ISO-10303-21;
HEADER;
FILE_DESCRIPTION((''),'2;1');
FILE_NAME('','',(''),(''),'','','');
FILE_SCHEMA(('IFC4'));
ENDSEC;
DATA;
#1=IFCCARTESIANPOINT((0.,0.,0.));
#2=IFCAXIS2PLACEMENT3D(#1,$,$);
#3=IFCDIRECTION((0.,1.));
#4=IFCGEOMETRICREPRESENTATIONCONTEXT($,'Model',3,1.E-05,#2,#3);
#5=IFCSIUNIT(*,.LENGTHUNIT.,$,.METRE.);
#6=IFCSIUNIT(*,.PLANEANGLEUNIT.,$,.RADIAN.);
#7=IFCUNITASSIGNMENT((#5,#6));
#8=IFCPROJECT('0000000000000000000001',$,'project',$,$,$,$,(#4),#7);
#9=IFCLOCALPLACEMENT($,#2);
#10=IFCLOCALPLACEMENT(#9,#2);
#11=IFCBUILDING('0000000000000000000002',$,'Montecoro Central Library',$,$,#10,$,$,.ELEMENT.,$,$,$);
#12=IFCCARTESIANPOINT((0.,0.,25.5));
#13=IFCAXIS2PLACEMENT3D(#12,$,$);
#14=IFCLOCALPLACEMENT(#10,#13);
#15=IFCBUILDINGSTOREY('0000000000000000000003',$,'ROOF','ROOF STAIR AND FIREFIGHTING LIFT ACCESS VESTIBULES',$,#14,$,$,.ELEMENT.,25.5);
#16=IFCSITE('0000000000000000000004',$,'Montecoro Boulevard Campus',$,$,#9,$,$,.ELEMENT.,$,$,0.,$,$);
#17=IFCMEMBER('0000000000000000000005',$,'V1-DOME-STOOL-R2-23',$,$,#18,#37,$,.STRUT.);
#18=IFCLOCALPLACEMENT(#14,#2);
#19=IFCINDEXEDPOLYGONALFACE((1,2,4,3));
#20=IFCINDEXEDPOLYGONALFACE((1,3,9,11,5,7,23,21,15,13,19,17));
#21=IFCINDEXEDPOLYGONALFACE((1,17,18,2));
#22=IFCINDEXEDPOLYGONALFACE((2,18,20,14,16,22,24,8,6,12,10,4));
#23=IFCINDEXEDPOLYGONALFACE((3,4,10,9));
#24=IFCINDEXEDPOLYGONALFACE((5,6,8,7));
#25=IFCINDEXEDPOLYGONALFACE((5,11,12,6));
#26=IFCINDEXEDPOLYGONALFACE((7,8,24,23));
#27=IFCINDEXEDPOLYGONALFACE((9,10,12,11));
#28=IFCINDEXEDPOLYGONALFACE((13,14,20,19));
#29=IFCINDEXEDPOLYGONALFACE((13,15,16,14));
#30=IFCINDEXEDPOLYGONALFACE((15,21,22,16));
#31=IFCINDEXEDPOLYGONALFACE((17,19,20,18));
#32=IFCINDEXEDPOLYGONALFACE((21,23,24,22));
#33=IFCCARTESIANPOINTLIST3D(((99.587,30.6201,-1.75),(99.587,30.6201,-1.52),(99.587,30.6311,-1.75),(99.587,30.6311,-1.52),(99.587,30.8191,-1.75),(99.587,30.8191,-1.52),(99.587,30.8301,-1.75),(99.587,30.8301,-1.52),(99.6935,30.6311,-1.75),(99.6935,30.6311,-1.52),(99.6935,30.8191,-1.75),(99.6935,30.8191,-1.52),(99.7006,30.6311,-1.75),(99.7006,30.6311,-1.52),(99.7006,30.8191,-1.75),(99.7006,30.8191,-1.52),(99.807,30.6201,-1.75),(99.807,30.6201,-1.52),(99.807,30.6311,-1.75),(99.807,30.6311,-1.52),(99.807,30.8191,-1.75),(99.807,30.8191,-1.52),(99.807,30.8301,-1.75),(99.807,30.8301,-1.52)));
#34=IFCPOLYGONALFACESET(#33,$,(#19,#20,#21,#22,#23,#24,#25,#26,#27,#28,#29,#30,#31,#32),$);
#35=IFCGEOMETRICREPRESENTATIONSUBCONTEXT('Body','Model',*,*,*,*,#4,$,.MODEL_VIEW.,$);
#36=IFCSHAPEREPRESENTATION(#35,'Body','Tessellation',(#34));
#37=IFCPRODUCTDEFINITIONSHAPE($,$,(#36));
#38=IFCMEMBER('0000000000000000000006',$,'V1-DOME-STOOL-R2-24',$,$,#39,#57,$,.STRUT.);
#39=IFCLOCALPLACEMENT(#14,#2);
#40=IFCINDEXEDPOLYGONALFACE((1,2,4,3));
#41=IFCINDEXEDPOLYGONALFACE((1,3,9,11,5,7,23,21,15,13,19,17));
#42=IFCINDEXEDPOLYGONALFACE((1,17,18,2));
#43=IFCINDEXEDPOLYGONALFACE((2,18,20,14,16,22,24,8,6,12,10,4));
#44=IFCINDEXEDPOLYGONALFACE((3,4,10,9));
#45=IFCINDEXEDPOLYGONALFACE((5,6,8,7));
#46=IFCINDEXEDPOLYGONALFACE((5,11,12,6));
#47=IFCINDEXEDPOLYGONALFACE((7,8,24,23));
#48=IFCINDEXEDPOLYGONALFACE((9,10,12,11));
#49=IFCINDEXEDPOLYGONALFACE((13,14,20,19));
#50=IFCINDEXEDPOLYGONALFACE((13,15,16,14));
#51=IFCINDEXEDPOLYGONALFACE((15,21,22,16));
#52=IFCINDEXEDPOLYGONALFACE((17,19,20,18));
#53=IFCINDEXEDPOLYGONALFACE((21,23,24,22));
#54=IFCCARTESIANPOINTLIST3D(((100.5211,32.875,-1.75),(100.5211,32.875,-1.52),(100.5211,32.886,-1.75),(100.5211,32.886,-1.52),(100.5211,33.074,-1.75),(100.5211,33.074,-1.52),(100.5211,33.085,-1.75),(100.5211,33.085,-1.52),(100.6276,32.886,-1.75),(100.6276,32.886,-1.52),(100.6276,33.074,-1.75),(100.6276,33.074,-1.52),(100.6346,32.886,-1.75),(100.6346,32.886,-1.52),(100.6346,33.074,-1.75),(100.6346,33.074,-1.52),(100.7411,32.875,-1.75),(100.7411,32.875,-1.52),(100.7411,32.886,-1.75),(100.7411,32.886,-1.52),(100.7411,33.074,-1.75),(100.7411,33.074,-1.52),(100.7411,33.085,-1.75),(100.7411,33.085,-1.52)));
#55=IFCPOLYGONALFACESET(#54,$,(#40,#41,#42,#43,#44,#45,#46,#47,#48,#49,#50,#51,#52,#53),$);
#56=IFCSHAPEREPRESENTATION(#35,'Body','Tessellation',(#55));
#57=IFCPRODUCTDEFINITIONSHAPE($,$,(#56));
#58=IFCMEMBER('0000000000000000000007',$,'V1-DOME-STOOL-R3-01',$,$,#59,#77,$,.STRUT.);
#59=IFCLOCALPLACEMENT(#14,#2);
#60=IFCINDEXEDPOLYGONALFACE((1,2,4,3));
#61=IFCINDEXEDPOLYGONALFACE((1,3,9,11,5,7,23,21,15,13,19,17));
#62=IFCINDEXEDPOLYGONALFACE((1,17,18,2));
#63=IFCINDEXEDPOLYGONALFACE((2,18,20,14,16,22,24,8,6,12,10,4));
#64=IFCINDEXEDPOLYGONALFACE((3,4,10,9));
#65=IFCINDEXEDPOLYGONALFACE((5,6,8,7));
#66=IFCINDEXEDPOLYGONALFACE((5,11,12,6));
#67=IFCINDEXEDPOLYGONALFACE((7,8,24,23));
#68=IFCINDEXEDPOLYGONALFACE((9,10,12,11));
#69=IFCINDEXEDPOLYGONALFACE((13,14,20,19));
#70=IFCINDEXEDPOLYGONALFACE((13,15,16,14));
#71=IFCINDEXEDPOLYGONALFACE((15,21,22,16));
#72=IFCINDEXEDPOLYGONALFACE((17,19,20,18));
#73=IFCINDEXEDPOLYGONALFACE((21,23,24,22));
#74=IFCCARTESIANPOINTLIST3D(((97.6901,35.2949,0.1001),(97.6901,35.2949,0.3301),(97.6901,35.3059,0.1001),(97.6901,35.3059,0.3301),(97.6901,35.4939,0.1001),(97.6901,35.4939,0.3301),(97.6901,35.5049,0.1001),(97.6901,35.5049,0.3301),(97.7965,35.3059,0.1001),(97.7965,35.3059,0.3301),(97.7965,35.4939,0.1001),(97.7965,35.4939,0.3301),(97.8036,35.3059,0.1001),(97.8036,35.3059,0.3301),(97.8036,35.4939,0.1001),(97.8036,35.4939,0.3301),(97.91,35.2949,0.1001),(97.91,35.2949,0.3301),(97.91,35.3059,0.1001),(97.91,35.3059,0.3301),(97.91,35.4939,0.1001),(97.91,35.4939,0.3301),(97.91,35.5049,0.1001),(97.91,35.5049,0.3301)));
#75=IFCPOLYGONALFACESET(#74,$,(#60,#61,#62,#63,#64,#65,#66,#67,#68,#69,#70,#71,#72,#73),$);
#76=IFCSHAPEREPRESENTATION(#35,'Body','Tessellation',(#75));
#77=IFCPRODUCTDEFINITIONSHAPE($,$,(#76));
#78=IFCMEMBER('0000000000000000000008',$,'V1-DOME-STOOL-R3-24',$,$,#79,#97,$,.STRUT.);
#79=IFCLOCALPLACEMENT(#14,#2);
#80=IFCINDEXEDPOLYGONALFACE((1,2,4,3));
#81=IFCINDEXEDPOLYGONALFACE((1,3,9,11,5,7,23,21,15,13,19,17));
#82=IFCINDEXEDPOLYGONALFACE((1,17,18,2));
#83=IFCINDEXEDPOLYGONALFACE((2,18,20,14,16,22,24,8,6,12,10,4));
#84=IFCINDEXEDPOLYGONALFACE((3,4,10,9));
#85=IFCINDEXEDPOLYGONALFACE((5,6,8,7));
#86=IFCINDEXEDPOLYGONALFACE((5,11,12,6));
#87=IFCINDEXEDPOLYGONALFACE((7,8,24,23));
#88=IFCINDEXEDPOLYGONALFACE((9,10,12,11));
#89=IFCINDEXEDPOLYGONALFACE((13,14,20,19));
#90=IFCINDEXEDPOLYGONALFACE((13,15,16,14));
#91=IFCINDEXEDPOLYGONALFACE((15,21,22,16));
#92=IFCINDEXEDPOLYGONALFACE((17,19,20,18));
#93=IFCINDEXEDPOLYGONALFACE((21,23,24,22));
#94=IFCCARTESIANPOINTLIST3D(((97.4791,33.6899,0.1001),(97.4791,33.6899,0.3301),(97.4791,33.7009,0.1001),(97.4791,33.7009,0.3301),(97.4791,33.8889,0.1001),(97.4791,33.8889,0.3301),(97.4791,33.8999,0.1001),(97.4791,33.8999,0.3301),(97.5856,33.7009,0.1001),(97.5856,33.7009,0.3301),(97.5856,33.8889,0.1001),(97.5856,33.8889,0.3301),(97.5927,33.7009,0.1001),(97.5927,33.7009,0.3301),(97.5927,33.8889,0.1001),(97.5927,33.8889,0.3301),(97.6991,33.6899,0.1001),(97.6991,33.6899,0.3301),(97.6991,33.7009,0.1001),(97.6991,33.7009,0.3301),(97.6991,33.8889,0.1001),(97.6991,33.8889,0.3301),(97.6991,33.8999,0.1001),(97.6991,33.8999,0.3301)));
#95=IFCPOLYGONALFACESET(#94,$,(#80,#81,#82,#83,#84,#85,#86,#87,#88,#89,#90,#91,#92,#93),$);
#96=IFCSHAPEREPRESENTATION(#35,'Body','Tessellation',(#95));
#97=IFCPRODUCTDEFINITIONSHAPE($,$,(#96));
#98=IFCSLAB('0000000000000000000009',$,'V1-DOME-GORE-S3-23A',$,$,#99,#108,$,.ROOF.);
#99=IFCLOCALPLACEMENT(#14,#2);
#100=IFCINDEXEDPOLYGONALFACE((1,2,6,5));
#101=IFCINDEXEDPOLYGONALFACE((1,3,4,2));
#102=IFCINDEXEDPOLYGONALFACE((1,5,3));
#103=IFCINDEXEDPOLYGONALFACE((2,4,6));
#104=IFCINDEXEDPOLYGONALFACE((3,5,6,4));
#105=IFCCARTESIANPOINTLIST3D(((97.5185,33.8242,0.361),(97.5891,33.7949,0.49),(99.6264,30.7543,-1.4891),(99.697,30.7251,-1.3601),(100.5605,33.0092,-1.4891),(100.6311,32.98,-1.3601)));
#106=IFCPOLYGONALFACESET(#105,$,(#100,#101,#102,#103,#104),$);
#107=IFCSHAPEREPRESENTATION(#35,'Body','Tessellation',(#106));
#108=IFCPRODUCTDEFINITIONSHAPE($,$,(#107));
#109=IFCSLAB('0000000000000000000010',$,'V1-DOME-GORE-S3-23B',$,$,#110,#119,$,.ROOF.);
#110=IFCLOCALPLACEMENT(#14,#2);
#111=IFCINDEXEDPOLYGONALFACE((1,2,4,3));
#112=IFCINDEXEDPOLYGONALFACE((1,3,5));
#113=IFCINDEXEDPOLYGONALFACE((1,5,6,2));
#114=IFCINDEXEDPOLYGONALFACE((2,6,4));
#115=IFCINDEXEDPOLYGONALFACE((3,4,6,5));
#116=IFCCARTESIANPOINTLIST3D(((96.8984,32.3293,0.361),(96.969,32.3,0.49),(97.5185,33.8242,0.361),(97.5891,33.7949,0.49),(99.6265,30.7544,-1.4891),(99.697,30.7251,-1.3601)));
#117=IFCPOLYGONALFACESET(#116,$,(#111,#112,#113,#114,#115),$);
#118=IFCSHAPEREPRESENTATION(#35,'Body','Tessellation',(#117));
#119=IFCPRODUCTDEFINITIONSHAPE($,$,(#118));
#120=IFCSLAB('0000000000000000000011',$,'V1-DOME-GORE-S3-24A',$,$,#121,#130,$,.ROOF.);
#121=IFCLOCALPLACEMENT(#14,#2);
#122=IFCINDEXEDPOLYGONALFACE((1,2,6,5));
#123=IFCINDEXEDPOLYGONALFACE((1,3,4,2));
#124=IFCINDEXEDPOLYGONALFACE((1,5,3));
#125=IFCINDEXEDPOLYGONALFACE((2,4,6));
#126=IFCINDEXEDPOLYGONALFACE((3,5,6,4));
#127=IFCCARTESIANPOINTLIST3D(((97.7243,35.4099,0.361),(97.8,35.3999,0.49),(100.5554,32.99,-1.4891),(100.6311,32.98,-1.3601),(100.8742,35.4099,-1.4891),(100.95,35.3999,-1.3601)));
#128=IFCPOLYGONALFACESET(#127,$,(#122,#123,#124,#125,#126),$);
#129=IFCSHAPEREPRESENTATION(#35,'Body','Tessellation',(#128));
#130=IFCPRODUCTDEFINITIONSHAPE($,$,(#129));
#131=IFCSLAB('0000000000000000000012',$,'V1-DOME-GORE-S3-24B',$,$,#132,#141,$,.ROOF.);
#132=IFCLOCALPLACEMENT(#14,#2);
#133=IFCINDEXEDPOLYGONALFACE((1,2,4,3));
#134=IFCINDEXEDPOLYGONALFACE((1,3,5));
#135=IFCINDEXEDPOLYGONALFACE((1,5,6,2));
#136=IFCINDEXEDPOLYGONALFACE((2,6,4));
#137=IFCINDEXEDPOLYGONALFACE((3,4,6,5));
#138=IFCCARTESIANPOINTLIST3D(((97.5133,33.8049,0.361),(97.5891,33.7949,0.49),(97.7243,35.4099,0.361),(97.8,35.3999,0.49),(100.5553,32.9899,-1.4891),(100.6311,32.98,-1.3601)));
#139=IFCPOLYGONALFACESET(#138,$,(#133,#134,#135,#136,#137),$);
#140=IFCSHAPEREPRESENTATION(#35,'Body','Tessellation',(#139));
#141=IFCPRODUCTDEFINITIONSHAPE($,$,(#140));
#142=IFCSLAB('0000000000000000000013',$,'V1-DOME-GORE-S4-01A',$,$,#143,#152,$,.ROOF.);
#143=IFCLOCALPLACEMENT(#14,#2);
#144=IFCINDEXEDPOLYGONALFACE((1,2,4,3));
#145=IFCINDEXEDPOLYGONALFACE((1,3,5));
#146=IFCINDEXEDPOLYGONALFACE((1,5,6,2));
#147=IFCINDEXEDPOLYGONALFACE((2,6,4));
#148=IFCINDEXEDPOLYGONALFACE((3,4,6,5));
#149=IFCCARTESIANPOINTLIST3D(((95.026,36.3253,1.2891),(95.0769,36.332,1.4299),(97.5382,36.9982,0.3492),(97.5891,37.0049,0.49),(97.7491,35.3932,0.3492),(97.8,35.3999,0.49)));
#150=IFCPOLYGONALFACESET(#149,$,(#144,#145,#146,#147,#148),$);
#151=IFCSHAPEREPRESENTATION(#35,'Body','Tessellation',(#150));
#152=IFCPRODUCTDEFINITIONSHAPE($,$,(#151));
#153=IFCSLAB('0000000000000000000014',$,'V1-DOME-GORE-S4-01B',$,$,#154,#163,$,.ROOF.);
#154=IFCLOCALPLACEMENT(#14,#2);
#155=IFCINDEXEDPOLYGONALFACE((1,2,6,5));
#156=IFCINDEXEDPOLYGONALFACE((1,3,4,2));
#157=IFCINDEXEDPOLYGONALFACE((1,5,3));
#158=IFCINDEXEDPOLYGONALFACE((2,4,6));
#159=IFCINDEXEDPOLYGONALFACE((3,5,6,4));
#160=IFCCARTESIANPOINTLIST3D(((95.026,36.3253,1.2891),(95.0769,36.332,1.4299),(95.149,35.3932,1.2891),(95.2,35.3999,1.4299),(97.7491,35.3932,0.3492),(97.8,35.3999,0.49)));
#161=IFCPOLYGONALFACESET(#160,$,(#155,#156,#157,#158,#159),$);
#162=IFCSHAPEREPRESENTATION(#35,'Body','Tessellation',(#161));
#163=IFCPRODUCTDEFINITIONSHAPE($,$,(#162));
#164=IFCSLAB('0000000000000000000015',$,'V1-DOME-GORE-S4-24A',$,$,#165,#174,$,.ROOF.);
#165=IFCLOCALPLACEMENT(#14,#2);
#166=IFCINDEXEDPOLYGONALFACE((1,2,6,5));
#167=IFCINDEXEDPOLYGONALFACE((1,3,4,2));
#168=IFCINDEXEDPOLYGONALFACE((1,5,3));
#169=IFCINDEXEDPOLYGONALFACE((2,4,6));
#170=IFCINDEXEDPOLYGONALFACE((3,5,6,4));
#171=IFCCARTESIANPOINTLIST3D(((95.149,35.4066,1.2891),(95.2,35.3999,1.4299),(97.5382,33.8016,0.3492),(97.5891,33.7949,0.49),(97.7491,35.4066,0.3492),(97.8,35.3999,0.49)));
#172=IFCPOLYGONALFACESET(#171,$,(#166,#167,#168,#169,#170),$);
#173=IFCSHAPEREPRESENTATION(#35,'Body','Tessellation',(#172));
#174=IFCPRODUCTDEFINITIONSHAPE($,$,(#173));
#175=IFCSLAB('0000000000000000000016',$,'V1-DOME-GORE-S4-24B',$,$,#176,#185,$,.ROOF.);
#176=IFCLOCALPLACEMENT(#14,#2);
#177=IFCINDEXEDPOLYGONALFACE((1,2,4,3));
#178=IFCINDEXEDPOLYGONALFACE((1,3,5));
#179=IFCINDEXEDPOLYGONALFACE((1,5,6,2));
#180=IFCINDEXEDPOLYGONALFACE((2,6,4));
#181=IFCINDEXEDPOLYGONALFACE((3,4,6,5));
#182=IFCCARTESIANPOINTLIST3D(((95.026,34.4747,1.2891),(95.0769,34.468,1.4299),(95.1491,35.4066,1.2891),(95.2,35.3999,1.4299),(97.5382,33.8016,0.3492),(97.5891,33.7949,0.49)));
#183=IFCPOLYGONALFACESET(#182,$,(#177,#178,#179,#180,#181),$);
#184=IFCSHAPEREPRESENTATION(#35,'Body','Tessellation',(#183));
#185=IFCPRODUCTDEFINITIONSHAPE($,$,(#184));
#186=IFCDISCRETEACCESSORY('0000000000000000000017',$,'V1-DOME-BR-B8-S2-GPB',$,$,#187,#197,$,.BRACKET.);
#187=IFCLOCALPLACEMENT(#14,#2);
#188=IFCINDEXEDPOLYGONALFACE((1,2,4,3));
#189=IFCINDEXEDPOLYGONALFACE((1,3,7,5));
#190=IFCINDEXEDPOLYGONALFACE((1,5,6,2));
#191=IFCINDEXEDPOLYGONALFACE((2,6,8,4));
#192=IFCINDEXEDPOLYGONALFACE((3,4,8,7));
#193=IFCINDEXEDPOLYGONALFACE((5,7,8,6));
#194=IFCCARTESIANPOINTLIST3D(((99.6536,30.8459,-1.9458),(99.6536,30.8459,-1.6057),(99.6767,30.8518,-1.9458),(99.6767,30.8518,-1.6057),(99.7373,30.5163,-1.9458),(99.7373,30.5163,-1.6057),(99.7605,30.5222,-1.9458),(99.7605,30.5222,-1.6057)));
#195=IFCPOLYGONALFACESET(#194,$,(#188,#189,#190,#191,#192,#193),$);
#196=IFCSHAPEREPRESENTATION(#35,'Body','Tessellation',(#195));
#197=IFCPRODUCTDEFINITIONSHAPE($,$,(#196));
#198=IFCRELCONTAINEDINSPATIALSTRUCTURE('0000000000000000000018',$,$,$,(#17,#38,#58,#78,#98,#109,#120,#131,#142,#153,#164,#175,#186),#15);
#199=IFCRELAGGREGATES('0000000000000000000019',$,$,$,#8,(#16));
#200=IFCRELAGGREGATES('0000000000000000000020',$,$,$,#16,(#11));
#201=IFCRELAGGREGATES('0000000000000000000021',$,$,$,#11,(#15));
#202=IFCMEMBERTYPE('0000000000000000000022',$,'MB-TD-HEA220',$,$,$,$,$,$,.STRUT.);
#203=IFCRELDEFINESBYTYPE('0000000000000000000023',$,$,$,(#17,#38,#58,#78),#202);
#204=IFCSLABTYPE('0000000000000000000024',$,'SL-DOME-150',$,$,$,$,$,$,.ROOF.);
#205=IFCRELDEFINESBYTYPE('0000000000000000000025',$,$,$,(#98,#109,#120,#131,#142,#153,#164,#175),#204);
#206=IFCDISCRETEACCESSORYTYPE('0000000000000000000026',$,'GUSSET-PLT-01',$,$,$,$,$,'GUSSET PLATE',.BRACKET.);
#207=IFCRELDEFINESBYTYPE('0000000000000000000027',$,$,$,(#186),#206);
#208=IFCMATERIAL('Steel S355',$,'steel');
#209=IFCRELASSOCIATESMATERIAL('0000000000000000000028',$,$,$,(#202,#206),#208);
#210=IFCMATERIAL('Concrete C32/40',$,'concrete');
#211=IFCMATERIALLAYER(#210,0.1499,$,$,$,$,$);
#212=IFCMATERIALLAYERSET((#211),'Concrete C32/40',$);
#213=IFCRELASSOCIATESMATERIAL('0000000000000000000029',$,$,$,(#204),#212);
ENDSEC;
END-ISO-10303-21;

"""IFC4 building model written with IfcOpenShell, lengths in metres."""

from ifc_helpers import new_model, si_unit, direction, frame, origin, origin_2d, place, context, subcontext, project, spatial, polyline, rectangle, i_section, outline, extrude, material, layer, layer_set, material_profile, profile_set, type_object, element, save


model = new_model("IFC4")

# Units and contexts
model_context = context("Model", 3, precision=1e-05, world=origin(), true_north=direction((0.0, 1.0)))
body_context = subcontext(model_context, "Body", "Model", "MODEL_VIEW")
ifc_project = project(units=[si_unit("LENGTHUNIT", "METRE"), si_unit("PLANEANGLEUNIT", "RADIAN")], contexts=[model_context])

# Site, building, storey
site_placement = place(None, origin())
site = spatial("IfcSite", under=ifc_project, at=site_placement, Name="Montecoro Boulevard Campus", CompositionType="ELEMENT", RefElevation=0.0)
building_placement = place(site_placement, origin())
building = spatial("IfcBuilding", under=site, at=building_placement, Name="Montecoro Central Library", CompositionType="ELEMENT")
storey_placement = place(building_placement, frame((0.0, 0.0, 25.5)))
storey = spatial("IfcBuildingStorey", under=building, at=storey_placement, Name="ROOF", Description="ROOF STAIR AND FIREFIGHTING LIFT ACCESS VESTIBULES", CompositionType="ELEMENT", Elevation=25.5)

# Members
ifc_material_1 = material(Name="Steel S355", Category="steel")
ifc_material_profile_1 = material_profile(ifc_material_1, i_section(OverallWidth=0.22, OverallDepth=0.21, WebThickness=0.0071, FlangeThickness=0.011, at=origin_2d()), Name="HEA 220")
ifc_profile_set_1 = profile_set([ifc_material_profile_1], Name="Steel S355")
member_type_1 = type_object("IfcMemberType", Name="MB-TD-HEA220", PredefinedType="STRUT", material=ifc_profile_set_1)
for number, where, z_axis, x_axis, name in (
    (1, (99.697, 30.7251, -1.75), (0.0, 0.0, 1.0), (1.0, 0.0, 0.0), "V1-DOME-STOOL-R2-23"),
    (2, (100.6311, 32.98, -1.75), (0.0, 0.0, 1.0), (1.0, 0.0, 0.0), "V1-DOME-STOOL-R2-24"),
    (3, (97.8, 35.3999, 0.1001), (0.0, 0.0, 1.0), (1.0, 0.0, 0.0), "V1-DOME-STOOL-R3-01"),
    (4, (97.5891, 33.7949, 0.1001), (0.0, 0.0, 1.0), (1.0, 0.0, 0.0), "V1-DOME-STOOL-R3-24"),
):
    element("IfcMember", number, at=place(storey_placement, frame(where, z_axis=z_axis, x_axis=x_axis)), inside=storey, type_object=member_type_1, Name=name, PredefinedType="STRUT", context=body_context, shape_type="SweptSolid", body=[
        extrude(i_section(OverallWidth=0.22, OverallDepth=0.21, WebThickness=0.0071, FlangeThickness=0.011, at=origin_2d()), origin(), (0.0, 0.0, 1.0), 0.23),
    ])

# Slabs
ifc_material_2 = material(Name="Concrete C32/40", Category="concrete")
ifc_layer = layer(ifc_material_2, 0.1499)
ifc_layer_set = layer_set([ifc_layer], Name="Concrete C32/40")
slab_type = type_object("IfcSlabType", Name="SL-DOME-150", PredefinedType="ROOF", material=ifc_layer_set)
slab_1_placement = place(storey_placement, frame((99.697, 30.7251, -1.3601), z_axis=(0.470963, -0.195096, 0.860309), x_axis=(0.382711, 0.923868, 0.0)))
element("IfcSlab", 5, at=slab_1_placement, inside=storey, type_object=slab_type, Name="V1-DOME-GORE-S3-23A", PredefinedType="ROOF", context=body_context, shape_type="SweptSolid", body=[
    extrude(outline(polyline([(0.0, 0.0), (2.4407, 0.0), (2.0294, 3.6293), (0.0, 0.0)])), origin(), (0.0, 0.0, -1.0), 0.1499),
])
slab_2_placement = place(storey_placement, frame((99.697, 30.7251, -1.3601), z_axis=(0.470754, -0.195282, 0.860381), x_axis=(-0.506938, 0.738272, 0.444936)))
element("IfcSlab", 6, at=slab_2_placement, inside=storey, type_object=slab_type, Name="V1-DOME-GORE-S3-23B", PredefinedType="ROOF", context=body_context, shape_type="SweptSolid", body=[
    extrude(outline(polyline([(0.0, 0.0), (4.1581, 0.0), (3.3689, 1.4129), (0.0, 0.0)])), origin(), (0.0, 0.0, -1.0), 0.1499),
])
slab_3_placement = place(storey_placement, frame((100.6311, 32.98, -1.3601), z_axis=(0.50533, -0.066582, 0.860354), x_axis=(0.13063, 0.991431, 0.0)))
element("IfcSlab", 7, at=slab_3_placement, inside=storey, type_object=slab_type, Name="V1-DOME-GORE-S3-24A", PredefinedType="ROOF", context=body_context, shape_type="SweptSolid", body=[
    extrude(outline(polyline([(0.0, 0.0), (2.4408, 0.0), (2.0294, 3.6298), (0.0, 0.0)])), origin(), (0.0, 0.0, -1.0), 0.1499),
])
slab_4_placement = place(storey_placement, frame((100.6311, 32.98, -1.3601), z_axis=(0.505431, -0.066427, 0.860306), x_axis=(-0.680775, 0.581911, 0.444887)))
element("IfcSlab", 8, at=slab_4_placement, inside=storey, type_object=slab_type, Name="V1-DOME-GORE-S3-24B", PredefinedType="ROOF", context=body_context, shape_type="SweptSolid", body=[
    extrude(outline(polyline([(0.0, 0.0), (4.1586, 0.0), (3.3682, 1.4127), (0.0, 0.0)])), origin(), (0.0, 0.0, -1.0), 0.1499),
])
slab_5_placement = place(storey_placement, frame((97.8, 35.3999, 0.49), z_axis=(0.339569, 0.044628, 0.939522), x_axis=(-0.130306, 0.991474, 0.0)))
element("IfcSlab", 9, at=slab_5_placement, inside=storey, type_object=slab_type, Name="V1-DOME-GORE-S4-01A", PredefinedType="ROOF", context=body_context, shape_type="SweptSolid", body=[
    extrude(outline(polyline([(0.0, 0.0), (1.6188, 0.0), (1.279, 2.7444), (0.0, 0.0)])), origin(), (0.0, 0.0, -1.0), 0.1499),
])
slab_6_placement = place(storey_placement, frame((97.8, 35.3999, 0.49), z_axis=(0.339628, 0.044833, 0.939491), x_axis=(-0.899366, 0.307852, 0.310432)))
element("IfcSlab", 10, at=slab_6_placement, inside=storey, type_object=slab_type, Name="V1-DOME-GORE-S4-01B", PredefinedType="ROOF", context=body_context, shape_type="SweptSolid", body=[
    extrude(outline(polyline([(0.0, 0.0), (3.0278, 0.0), (2.6302, 0.852), (0.0, 0.0)])), origin(), (0.0, 0.0, -1.0), 0.1499),
])
slab_7_placement = place(storey_placement, frame((97.5891, 33.7949, 0.49), z_axis=(0.339631, -0.044637, 0.939499), x_axis=(0.130306, 0.991474, 0.0)))
element("IfcSlab", 11, at=slab_7_placement, inside=storey, type_object=slab_type, Name="V1-DOME-GORE-S4-24A", PredefinedType="ROOF", context=body_context, shape_type="SweptSolid", body=[
    extrude(outline(polyline([(0.0, 0.0), (1.6188, 0.0), (1.28, 2.7439), (0.0, 0.0)])), origin(), (0.0, 0.0, -1.0), 0.1499),
])
slab_8_placement = place(storey_placement, frame((97.5891, 33.7949, 0.49), z_axis=(0.339514, -0.04483, 0.939532), x_axis=(-0.789076, 0.530082, 0.310438)))
element("IfcSlab", 12, at=slab_8_placement, inside=storey, type_object=slab_type, Name="V1-DOME-GORE-S4-24B", PredefinedType="ROOF", context=body_context, shape_type="SweptSolid", body=[
    extrude(outline(polyline([(0.0, 0.0), (3.0278, 0.0), (2.6309, 0.8521), (0.0, 0.0)])), origin(), (0.0, 0.0, -1.0), 0.1499),
])

# Discrete accessory
discrete_accessory_type = type_object("IfcDiscreteAccessoryType", Name="GUSSET-PLT-01", ElementType="GUSSET PLATE", PredefinedType="BRACKET", material=ifc_material_1)
for number, where, z_axis, x_axis, name in (
    (13, (99.707, 30.6841, -1.9458), (0.0, 0.0, 1.0), (-0.246322, 0.969188, 0.0), "V1-DOME-BR-B8-S2-GPB"),
):
    element("IfcDiscreteAccessory", number, at=place(storey_placement, frame(where, z_axis=z_axis, x_axis=x_axis)), inside=storey, type_object=discrete_accessory_type, Name=name, PredefinedType="BRACKET", context=body_context, shape_type="SweptSolid", body=[
        extrude(rectangle(XDim=0.3401, YDim=0.0239, at=origin_2d()), origin(), (0.0, 0.0, 1.0), 0.3401),
    ])

save(model, "model.ifc")
